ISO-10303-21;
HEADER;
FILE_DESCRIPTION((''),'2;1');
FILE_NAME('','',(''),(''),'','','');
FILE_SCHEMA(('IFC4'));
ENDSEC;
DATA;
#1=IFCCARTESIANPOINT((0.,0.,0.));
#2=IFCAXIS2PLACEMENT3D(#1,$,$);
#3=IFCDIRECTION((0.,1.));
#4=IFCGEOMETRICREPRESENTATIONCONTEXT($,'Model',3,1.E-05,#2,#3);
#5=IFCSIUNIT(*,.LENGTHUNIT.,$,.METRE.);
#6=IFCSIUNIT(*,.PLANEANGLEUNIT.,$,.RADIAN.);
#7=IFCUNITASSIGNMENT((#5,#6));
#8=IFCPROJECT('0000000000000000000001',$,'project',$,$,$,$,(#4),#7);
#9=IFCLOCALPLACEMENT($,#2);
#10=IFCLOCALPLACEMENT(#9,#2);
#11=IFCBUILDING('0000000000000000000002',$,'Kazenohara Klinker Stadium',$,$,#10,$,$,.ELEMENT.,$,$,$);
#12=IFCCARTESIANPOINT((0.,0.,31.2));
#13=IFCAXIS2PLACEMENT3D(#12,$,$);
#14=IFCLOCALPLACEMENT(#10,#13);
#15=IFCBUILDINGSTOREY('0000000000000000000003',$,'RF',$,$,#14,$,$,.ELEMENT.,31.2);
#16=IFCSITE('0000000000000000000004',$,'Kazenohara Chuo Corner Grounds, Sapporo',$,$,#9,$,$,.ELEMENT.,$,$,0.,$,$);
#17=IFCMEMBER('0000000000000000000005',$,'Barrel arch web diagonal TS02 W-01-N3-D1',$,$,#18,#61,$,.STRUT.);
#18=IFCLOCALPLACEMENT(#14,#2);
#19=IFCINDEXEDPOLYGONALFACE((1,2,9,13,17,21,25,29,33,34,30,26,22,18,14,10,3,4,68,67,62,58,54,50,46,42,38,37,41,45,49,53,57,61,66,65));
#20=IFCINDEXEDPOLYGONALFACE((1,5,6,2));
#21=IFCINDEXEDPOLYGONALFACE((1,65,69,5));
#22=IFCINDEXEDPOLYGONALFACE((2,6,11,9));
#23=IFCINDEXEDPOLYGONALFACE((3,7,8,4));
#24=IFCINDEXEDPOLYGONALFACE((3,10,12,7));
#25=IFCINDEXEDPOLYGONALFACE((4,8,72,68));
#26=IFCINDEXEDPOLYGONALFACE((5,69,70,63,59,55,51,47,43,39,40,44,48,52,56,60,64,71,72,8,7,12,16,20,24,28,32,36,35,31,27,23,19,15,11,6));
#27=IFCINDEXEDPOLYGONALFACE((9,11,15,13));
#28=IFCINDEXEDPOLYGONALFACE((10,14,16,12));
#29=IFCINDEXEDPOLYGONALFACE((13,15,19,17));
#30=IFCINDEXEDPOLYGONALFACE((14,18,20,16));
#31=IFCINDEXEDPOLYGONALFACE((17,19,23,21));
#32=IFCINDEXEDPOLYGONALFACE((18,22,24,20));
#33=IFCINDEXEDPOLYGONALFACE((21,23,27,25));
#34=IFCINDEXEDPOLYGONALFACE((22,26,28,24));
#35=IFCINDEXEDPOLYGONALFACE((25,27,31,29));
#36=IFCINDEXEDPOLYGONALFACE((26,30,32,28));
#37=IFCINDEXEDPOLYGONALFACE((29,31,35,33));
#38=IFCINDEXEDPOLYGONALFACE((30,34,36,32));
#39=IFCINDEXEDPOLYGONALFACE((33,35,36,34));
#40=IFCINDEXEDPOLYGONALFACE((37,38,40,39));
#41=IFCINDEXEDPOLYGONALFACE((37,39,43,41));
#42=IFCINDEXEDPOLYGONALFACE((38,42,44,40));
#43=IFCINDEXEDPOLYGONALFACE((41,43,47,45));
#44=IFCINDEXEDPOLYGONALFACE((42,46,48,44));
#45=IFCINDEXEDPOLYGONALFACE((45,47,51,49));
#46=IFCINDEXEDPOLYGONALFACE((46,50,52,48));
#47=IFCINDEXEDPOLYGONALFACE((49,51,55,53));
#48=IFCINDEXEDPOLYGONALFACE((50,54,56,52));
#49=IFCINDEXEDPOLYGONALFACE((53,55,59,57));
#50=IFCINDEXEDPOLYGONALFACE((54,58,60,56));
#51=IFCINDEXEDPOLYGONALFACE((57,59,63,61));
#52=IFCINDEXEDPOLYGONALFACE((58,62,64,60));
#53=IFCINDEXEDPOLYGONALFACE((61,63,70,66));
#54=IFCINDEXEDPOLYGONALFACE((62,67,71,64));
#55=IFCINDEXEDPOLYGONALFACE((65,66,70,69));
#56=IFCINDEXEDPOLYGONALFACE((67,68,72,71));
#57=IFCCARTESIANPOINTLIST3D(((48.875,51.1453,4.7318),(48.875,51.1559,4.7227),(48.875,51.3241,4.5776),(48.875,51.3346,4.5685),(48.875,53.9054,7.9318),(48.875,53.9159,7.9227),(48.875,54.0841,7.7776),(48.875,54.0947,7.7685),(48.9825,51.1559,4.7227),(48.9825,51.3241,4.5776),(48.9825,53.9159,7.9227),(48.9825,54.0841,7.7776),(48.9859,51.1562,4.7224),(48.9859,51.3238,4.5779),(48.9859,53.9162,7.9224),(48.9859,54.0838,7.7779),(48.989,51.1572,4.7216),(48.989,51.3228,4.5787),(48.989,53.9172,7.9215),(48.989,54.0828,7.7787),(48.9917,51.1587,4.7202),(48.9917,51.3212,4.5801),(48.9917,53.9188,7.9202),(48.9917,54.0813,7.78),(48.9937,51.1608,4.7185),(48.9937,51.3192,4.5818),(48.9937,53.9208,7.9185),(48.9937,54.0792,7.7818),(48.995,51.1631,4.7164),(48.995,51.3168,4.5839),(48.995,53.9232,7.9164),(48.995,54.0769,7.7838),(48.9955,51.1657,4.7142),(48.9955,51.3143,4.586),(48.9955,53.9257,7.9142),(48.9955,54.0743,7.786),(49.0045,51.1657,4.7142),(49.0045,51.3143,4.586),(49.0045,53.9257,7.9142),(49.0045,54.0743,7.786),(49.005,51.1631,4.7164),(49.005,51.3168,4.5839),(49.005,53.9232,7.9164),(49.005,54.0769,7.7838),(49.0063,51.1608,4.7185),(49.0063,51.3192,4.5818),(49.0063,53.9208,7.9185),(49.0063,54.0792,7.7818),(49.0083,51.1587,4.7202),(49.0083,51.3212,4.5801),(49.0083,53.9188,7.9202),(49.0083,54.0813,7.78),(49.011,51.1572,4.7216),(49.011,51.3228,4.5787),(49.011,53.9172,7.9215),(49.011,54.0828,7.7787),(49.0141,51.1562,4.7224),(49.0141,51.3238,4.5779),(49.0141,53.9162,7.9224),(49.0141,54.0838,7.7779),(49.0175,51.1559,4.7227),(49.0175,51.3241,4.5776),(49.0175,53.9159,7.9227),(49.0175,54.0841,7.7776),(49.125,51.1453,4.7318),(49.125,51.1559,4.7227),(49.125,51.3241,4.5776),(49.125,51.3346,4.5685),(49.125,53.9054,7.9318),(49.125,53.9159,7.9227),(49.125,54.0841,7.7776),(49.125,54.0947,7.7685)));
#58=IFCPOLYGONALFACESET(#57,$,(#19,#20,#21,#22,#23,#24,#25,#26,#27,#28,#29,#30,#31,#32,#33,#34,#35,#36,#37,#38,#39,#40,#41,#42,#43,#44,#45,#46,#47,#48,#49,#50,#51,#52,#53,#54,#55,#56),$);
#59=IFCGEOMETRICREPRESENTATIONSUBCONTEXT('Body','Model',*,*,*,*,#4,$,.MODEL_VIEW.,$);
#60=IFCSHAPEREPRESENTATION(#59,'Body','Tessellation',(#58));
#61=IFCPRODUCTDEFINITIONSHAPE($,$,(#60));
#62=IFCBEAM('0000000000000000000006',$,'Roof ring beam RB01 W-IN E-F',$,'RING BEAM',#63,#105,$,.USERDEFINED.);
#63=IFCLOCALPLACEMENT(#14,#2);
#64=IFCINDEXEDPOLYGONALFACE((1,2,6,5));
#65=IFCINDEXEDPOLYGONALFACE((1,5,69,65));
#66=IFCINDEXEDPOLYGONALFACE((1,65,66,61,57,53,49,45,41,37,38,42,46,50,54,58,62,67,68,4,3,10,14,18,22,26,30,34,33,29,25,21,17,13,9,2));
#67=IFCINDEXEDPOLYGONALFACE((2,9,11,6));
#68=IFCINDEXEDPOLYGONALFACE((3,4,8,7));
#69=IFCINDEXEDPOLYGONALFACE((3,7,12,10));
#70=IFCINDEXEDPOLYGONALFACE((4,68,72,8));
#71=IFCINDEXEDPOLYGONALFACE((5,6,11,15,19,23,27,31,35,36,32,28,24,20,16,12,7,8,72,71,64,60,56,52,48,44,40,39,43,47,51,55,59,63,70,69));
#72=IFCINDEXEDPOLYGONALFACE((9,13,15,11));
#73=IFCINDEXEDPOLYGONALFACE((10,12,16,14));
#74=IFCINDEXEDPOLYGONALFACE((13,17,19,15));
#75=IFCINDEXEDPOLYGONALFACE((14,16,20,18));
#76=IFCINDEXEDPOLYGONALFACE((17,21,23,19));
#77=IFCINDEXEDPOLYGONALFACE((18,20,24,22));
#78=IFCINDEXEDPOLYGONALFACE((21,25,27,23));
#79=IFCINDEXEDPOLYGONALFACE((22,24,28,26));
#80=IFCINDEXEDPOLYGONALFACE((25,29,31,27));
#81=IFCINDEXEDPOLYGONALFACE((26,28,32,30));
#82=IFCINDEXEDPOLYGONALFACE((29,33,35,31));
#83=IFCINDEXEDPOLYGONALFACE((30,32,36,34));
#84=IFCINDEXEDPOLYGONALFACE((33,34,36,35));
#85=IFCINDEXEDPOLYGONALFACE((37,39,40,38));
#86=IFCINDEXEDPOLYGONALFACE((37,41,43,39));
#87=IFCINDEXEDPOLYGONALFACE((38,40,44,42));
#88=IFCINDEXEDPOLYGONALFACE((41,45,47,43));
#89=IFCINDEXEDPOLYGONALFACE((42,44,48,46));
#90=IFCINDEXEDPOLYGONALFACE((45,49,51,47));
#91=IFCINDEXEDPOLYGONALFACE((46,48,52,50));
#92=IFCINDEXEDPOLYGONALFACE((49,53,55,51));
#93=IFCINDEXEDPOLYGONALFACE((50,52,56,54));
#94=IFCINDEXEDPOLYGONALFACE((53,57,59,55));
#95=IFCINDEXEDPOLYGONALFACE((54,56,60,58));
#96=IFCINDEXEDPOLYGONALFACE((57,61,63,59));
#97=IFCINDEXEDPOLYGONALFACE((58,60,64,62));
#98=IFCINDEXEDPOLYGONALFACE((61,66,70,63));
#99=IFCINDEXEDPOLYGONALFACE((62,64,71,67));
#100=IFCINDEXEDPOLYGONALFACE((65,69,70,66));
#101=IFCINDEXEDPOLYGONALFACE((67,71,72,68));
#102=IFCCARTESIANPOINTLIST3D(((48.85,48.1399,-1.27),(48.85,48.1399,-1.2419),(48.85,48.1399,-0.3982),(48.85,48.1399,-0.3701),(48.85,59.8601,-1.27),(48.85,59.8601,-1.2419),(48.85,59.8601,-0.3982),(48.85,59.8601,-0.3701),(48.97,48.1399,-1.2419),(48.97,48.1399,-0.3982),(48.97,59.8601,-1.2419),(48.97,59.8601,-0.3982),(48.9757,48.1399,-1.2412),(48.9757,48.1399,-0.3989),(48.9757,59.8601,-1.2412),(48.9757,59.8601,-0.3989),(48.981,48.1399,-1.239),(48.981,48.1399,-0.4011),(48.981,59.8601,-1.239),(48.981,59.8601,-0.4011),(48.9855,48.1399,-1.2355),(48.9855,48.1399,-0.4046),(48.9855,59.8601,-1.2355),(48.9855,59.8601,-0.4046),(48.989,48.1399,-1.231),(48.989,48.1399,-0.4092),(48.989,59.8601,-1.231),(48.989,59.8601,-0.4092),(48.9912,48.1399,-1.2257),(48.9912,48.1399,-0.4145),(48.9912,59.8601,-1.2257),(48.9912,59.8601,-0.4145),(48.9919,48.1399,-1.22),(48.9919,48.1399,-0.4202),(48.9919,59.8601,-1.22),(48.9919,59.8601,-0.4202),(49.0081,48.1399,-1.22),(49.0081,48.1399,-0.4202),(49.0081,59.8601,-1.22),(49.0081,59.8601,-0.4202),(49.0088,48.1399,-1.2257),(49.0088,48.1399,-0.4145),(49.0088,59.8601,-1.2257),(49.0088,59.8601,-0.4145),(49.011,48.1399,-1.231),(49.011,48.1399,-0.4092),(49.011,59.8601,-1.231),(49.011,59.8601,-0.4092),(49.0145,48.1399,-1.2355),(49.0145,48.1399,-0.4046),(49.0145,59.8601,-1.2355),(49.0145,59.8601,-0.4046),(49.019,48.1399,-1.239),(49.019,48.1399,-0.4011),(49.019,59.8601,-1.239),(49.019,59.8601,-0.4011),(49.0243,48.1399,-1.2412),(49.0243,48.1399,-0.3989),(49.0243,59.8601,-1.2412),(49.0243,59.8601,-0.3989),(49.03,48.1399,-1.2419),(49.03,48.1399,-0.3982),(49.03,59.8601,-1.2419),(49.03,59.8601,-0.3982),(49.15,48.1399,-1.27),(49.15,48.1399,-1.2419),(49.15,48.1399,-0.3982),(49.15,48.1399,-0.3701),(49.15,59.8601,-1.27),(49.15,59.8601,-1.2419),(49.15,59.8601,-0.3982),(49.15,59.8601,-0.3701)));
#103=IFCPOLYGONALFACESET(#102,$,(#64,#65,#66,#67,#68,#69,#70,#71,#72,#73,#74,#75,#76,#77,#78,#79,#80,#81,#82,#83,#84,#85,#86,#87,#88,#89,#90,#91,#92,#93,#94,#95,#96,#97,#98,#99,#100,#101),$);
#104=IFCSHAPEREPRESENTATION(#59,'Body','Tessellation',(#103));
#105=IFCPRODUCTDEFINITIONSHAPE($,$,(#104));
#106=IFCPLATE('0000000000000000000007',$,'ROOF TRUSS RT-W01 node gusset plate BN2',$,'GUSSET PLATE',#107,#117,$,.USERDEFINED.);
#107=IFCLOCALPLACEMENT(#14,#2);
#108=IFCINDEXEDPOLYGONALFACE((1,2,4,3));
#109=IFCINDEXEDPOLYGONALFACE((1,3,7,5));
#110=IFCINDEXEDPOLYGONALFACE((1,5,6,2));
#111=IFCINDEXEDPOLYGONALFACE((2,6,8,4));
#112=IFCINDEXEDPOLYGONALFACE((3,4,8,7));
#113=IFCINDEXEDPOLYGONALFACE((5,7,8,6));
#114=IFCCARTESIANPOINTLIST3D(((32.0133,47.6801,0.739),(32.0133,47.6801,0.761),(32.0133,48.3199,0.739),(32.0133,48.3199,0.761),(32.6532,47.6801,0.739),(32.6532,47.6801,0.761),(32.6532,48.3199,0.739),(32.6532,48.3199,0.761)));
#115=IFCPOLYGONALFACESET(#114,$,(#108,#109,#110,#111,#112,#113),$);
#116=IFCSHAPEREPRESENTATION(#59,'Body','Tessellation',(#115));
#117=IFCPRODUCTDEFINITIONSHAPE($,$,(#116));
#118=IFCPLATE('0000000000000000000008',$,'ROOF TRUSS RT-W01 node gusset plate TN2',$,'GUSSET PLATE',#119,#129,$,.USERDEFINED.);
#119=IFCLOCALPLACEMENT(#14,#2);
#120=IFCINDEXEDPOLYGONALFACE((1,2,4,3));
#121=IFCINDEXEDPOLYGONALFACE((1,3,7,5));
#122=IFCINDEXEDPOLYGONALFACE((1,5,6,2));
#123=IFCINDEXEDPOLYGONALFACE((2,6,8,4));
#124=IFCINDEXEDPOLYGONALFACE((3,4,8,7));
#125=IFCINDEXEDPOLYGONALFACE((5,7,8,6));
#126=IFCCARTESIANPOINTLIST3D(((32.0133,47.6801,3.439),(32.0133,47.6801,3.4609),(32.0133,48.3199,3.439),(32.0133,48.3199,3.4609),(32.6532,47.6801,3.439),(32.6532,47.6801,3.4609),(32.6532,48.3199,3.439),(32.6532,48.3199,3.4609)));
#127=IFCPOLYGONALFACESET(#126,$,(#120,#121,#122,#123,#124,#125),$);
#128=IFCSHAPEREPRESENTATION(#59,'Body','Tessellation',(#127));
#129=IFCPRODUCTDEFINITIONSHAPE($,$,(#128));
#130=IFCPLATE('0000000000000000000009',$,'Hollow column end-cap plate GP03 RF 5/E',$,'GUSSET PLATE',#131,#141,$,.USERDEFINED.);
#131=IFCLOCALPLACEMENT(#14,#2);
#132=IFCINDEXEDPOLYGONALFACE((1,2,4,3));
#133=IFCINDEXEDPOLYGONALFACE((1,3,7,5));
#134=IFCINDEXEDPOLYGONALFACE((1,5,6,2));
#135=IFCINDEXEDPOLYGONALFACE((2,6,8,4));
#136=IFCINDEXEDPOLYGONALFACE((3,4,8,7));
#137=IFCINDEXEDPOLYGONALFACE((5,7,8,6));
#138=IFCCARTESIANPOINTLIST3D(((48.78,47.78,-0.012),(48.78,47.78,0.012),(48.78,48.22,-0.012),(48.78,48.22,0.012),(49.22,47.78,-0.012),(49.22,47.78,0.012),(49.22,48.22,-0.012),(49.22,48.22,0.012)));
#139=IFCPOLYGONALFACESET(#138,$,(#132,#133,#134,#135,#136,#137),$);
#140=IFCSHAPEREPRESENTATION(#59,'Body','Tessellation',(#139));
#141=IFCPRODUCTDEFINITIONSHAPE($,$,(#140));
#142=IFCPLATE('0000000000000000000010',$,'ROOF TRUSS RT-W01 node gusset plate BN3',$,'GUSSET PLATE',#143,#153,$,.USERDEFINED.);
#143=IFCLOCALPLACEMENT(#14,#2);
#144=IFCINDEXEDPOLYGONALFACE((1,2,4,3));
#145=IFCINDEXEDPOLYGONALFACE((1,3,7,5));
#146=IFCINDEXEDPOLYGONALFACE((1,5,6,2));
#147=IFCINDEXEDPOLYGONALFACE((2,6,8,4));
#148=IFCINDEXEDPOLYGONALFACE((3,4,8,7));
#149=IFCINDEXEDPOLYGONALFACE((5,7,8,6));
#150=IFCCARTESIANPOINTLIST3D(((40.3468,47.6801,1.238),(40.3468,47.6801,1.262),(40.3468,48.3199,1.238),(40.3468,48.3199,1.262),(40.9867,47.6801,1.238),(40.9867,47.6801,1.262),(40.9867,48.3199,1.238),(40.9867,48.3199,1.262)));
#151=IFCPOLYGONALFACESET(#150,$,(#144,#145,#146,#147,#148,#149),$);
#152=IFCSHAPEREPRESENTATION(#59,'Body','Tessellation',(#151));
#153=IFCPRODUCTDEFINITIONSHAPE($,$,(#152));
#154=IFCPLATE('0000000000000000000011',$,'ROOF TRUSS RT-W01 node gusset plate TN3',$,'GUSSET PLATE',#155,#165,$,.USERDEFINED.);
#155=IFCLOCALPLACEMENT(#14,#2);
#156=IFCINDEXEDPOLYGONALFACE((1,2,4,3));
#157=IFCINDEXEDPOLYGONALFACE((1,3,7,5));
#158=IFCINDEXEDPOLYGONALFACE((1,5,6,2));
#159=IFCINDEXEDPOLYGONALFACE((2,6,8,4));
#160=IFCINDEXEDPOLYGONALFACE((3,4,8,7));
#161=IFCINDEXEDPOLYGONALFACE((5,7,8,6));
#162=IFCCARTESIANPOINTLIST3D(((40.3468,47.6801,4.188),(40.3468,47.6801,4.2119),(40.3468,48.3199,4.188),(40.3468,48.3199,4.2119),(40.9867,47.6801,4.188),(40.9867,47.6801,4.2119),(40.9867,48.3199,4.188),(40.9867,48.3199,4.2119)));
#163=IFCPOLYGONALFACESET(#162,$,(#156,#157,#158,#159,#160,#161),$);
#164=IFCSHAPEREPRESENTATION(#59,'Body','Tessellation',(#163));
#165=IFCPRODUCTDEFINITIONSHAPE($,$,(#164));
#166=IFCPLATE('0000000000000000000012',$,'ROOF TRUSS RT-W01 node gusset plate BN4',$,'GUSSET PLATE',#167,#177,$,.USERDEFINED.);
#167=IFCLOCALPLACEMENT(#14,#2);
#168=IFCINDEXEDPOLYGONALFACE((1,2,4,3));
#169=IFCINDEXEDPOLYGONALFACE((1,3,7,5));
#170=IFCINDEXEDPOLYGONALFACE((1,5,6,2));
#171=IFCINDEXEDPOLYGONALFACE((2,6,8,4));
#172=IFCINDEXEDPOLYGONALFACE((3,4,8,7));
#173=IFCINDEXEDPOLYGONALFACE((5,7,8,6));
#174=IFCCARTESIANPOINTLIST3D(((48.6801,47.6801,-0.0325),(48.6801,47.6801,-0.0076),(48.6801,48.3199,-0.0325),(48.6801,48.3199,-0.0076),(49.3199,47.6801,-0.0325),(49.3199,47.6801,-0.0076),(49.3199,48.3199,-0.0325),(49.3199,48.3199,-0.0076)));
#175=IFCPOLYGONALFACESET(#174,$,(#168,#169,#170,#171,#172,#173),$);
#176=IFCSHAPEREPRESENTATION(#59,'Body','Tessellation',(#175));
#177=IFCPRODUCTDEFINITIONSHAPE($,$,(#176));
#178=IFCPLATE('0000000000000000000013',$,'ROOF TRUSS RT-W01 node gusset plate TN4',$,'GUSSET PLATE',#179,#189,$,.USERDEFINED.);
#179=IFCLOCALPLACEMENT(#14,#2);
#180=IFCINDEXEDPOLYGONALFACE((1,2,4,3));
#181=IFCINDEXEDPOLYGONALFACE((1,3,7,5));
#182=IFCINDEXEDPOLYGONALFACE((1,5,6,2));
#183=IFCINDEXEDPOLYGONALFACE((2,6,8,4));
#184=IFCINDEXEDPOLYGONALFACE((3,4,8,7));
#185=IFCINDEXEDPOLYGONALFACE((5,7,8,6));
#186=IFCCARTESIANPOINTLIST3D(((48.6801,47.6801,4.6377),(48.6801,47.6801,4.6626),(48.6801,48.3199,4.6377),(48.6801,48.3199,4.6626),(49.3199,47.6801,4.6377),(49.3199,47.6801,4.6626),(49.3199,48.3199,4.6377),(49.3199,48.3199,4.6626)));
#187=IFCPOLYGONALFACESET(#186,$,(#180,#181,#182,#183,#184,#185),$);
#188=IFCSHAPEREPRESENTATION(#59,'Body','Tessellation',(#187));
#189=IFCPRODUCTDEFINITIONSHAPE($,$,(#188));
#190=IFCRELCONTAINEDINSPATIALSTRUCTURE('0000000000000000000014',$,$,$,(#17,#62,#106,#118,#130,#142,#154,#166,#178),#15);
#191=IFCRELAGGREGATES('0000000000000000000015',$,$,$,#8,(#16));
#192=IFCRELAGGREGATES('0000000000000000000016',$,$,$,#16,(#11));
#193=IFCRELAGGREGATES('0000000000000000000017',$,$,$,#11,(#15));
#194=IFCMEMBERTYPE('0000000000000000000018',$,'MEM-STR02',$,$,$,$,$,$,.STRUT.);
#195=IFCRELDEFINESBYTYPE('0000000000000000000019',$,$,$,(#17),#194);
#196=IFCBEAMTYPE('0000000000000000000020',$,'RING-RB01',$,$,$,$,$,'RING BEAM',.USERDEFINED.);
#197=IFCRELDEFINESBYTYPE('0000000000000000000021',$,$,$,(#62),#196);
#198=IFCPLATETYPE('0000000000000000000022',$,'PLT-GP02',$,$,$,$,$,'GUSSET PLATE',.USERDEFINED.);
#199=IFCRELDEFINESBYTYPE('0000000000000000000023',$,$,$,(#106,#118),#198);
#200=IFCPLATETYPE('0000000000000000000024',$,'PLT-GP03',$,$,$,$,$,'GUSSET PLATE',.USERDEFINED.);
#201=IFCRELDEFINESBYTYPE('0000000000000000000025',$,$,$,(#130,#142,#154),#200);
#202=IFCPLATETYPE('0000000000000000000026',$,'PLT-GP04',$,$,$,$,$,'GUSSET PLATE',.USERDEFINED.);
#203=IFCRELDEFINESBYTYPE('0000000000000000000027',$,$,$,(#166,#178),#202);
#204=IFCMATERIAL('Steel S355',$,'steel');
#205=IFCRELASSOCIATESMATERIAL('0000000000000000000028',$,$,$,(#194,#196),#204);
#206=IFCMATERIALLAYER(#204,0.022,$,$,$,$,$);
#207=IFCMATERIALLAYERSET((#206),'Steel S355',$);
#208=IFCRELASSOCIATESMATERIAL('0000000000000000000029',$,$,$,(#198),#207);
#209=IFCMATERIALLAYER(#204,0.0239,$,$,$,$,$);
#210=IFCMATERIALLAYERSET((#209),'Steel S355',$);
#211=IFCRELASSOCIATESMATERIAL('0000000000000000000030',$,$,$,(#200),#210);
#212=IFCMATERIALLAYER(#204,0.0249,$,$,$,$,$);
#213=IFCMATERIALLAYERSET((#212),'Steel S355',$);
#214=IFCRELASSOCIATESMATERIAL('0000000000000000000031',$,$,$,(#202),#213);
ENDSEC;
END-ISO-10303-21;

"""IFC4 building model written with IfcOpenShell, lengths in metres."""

from ifc_helpers import new_model, si_unit, direction, frame, origin, origin_2d, place, context, subcontext, project, spatial, rectangle, i_section, extrude, material, layer, layer_set, material_profile, profile_set, type_object, element, save


model = new_model("IFC4")

# Units and contexts
model_context = context("Model", 3, precision=1e-05, world=origin(), true_north=direction((0.0, 1.0)))
body_context = subcontext(model_context, "Body", "Model", "MODEL_VIEW")
ifc_project = project(units=[si_unit("LENGTHUNIT", "METRE"), si_unit("PLANEANGLEUNIT", "RADIAN")], contexts=[model_context])

# Site, building, storey
site_placement = place(None, origin())
site = spatial("IfcSite", under=ifc_project, at=site_placement, Name="Kazenohara Chuo Corner Grounds, Sapporo", CompositionType="ELEMENT", RefElevation=0.0)
building_placement = place(site_placement, origin())
building = spatial("IfcBuilding", under=site, at=building_placement, Name="Kazenohara Klinker Stadium", CompositionType="ELEMENT")
storey_placement = place(building_placement, frame((0.0, 0.0, 31.2)))
storey = spatial("IfcBuildingStorey", under=building, at=storey_placement, Name="RF", CompositionType="ELEMENT", Elevation=31.2)

# Member
ifc_material_1 = material(Name="Steel S355", Category="steel")
ifc_material_profile_1 = material_profile(ifc_material_1, i_section(OverallWidth=0.25, OverallDepth=0.25, WebThickness=0.009, FlangeThickness=0.0139, FilletRadius=0.0129, at=origin_2d()), Name="H-250x250x9x14")
ifc_profile_set_1 = profile_set([ifc_material_profile_1], Name="Steel S355")
member_type_1 = type_object("IfcMemberType", Name="MEM-STR02", PredefinedType="STRUT", material=ifc_profile_set_1)
member_1_placement = place(storey_placement, frame((49.0, 51.24, 4.6501), z_axis=(0.0, 0.653134, 0.757242), x_axis=(-1.0, 0.0, 0.0)))
element("IfcMember", 1, at=member_1_placement, inside=storey, type_object=member_type_1, Name="Barrel arch web diagonal TS02 W-01-N3-D1", PredefinedType="STRUT", context=body_context, shape_type="SweptSolid", body=[
    extrude(i_section(OverallWidth=0.25, OverallDepth=0.25, WebThickness=0.009, FlangeThickness=0.0139, FilletRadius=0.0129, at=origin_2d()), origin(), (0.0, 0.0, 1.0), 4.2258),
])

# Beam
ifc_material_profile_2 = material_profile(ifc_material_1, i_section(OverallWidth=0.3, OverallDepth=0.8999, WebThickness=0.0161, FlangeThickness=0.0281, FilletRadius=0.022, at=origin_2d()), Name="H-900x300x16x28")
ifc_profile_set_2 = profile_set([ifc_material_profile_2], Name="Steel S355")
beam_type = type_object("IfcBeamType", Name="RING-RB01", ElementType="RING BEAM", PredefinedType="USERDEFINED", material=ifc_profile_set_2)
beam_placement = place(storey_placement, frame((49.0, 48.1399, -0.8201), z_axis=(0.0, 1.0, 0.0), x_axis=(-1.0, 0.0, 0.0)))
element("IfcBeam", 2, at=beam_placement, inside=storey, type_object=beam_type, Name="Roof ring beam RB01 W-IN E-F", ObjectType="RING BEAM", PredefinedType="USERDEFINED", context=body_context, shape_type="SweptSolid", body=[
    extrude(i_section(OverallWidth=0.3, OverallDepth=0.8999, WebThickness=0.0161, FlangeThickness=0.0281, FilletRadius=0.022, at=origin_2d()), origin(), (0.0, 0.0, 1.0), 11.7202),
])

# Plates
ifc_layer_1 = layer(ifc_material_1, 0.022)
ifc_layer_set_1 = layer_set([ifc_layer_1], Name="Steel S355")
plate_type_1 = type_object("IfcPlateType", Name="PLT-GP02", ElementType="GUSSET PLATE", PredefinedType="USERDEFINED", material=ifc_layer_set_1)
for number, where, z_axis, x_axis, name in (
    (3, (32.3333, 48.0, 0.739), (0.0, 0.0, 1.0), (1.0, 0.0, 0.0), "ROOF TRUSS RT-W01 node gusset plate BN2"),
    (4, (32.3333, 48.0, 3.439), (0.0, 0.0, 1.0), (1.0, 0.0, 0.0), "ROOF TRUSS RT-W01 node gusset plate TN2"),
):
    element("IfcPlate", number, at=place(storey_placement, frame(where, z_axis=z_axis, x_axis=x_axis)), inside=storey, type_object=plate_type_1, Name=name, ObjectType="GUSSET PLATE", PredefinedType="USERDEFINED", context=body_context, shape_type="SweptSolid", body=[
        extrude(rectangle(XDim=0.6399, YDim=0.6399, at=origin_2d()), origin(), (0.0, 0.0, 1.0), 0.022),
    ])
ifc_layer_2 = layer(ifc_material_1, 0.0239)
ifc_layer_set_2 = layer_set([ifc_layer_2], Name="Steel S355")
plate_type_2 = type_object("IfcPlateType", Name="PLT-GP03", ElementType="GUSSET PLATE", PredefinedType="USERDEFINED", material=ifc_layer_set_2)
plate_placement = place(storey_placement, frame((49.0, 48.0, -0.012), z_axis=(0.0, 0.0, 1.0), x_axis=(1.0, 0.0, 0.0)))
element("IfcPlate", 5, at=plate_placement, inside=storey, type_object=plate_type_2, Name="Hollow column end-cap plate GP03 RF 5/E", ObjectType="GUSSET PLATE", PredefinedType="USERDEFINED", context=body_context, shape_type="SweptSolid", body=[
    extrude(rectangle(XDim=0.4399, YDim=0.4399, at=origin_2d()), origin(), (0.0, 0.0, 1.0), 0.0239),
])
for number, where, z_axis, x_axis, name in (
    (6, (40.6667, 48.0, 1.238), (0.0, 0.0, 1.0), (1.0, 0.0, 0.0), "ROOF TRUSS RT-W01 node gusset plate BN3"),
    (7, (40.6667, 48.0, 4.188), (0.0, 0.0, 1.0), (1.0, 0.0, 0.0), "ROOF TRUSS RT-W01 node gusset plate TN3"),
):
    element("IfcPlate", number, at=place(storey_placement, frame(where, z_axis=z_axis, x_axis=x_axis)), inside=storey, type_object=plate_type_2, Name=name, ObjectType="GUSSET PLATE", PredefinedType="USERDEFINED", context=body_context, shape_type="SweptSolid", body=[
        extrude(rectangle(XDim=0.6399, YDim=0.6399, at=origin_2d()), origin(), (0.0, 0.0, 1.0), 0.0239),
    ])
ifc_layer_3 = layer(ifc_material_1, 0.0249)
ifc_layer_set_3 = layer_set([ifc_layer_3], Name="Steel S355")
plate_type_3 = type_object("IfcPlateType", Name="PLT-GP04", ElementType="GUSSET PLATE", PredefinedType="USERDEFINED", material=ifc_layer_set_3)
for number, where, z_axis, x_axis, name in (
    (8, (49.0, 48.0, -0.0325), (0.0, 0.0, 1.0), (1.0, 0.0, 0.0), "ROOF TRUSS RT-W01 node gusset plate BN4"),
    (9, (49.0, 48.0, 4.6377), (0.0, 0.0, 1.0), (1.0, 0.0, 0.0), "ROOF TRUSS RT-W01 node gusset plate TN4"),
):
    element("IfcPlate", number, at=place(storey_placement, frame(where, z_axis=z_axis, x_axis=x_axis)), inside=storey, type_object=plate_type_3, Name=name, ObjectType="GUSSET PLATE", PredefinedType="USERDEFINED", context=body_context, shape_type="SweptSolid", body=[
        extrude(rectangle(XDim=0.6399, YDim=0.6399, at=origin_2d()), origin(), (0.0, 0.0, 1.0), 0.0249),
    ])

save(model, "model.ifc")
